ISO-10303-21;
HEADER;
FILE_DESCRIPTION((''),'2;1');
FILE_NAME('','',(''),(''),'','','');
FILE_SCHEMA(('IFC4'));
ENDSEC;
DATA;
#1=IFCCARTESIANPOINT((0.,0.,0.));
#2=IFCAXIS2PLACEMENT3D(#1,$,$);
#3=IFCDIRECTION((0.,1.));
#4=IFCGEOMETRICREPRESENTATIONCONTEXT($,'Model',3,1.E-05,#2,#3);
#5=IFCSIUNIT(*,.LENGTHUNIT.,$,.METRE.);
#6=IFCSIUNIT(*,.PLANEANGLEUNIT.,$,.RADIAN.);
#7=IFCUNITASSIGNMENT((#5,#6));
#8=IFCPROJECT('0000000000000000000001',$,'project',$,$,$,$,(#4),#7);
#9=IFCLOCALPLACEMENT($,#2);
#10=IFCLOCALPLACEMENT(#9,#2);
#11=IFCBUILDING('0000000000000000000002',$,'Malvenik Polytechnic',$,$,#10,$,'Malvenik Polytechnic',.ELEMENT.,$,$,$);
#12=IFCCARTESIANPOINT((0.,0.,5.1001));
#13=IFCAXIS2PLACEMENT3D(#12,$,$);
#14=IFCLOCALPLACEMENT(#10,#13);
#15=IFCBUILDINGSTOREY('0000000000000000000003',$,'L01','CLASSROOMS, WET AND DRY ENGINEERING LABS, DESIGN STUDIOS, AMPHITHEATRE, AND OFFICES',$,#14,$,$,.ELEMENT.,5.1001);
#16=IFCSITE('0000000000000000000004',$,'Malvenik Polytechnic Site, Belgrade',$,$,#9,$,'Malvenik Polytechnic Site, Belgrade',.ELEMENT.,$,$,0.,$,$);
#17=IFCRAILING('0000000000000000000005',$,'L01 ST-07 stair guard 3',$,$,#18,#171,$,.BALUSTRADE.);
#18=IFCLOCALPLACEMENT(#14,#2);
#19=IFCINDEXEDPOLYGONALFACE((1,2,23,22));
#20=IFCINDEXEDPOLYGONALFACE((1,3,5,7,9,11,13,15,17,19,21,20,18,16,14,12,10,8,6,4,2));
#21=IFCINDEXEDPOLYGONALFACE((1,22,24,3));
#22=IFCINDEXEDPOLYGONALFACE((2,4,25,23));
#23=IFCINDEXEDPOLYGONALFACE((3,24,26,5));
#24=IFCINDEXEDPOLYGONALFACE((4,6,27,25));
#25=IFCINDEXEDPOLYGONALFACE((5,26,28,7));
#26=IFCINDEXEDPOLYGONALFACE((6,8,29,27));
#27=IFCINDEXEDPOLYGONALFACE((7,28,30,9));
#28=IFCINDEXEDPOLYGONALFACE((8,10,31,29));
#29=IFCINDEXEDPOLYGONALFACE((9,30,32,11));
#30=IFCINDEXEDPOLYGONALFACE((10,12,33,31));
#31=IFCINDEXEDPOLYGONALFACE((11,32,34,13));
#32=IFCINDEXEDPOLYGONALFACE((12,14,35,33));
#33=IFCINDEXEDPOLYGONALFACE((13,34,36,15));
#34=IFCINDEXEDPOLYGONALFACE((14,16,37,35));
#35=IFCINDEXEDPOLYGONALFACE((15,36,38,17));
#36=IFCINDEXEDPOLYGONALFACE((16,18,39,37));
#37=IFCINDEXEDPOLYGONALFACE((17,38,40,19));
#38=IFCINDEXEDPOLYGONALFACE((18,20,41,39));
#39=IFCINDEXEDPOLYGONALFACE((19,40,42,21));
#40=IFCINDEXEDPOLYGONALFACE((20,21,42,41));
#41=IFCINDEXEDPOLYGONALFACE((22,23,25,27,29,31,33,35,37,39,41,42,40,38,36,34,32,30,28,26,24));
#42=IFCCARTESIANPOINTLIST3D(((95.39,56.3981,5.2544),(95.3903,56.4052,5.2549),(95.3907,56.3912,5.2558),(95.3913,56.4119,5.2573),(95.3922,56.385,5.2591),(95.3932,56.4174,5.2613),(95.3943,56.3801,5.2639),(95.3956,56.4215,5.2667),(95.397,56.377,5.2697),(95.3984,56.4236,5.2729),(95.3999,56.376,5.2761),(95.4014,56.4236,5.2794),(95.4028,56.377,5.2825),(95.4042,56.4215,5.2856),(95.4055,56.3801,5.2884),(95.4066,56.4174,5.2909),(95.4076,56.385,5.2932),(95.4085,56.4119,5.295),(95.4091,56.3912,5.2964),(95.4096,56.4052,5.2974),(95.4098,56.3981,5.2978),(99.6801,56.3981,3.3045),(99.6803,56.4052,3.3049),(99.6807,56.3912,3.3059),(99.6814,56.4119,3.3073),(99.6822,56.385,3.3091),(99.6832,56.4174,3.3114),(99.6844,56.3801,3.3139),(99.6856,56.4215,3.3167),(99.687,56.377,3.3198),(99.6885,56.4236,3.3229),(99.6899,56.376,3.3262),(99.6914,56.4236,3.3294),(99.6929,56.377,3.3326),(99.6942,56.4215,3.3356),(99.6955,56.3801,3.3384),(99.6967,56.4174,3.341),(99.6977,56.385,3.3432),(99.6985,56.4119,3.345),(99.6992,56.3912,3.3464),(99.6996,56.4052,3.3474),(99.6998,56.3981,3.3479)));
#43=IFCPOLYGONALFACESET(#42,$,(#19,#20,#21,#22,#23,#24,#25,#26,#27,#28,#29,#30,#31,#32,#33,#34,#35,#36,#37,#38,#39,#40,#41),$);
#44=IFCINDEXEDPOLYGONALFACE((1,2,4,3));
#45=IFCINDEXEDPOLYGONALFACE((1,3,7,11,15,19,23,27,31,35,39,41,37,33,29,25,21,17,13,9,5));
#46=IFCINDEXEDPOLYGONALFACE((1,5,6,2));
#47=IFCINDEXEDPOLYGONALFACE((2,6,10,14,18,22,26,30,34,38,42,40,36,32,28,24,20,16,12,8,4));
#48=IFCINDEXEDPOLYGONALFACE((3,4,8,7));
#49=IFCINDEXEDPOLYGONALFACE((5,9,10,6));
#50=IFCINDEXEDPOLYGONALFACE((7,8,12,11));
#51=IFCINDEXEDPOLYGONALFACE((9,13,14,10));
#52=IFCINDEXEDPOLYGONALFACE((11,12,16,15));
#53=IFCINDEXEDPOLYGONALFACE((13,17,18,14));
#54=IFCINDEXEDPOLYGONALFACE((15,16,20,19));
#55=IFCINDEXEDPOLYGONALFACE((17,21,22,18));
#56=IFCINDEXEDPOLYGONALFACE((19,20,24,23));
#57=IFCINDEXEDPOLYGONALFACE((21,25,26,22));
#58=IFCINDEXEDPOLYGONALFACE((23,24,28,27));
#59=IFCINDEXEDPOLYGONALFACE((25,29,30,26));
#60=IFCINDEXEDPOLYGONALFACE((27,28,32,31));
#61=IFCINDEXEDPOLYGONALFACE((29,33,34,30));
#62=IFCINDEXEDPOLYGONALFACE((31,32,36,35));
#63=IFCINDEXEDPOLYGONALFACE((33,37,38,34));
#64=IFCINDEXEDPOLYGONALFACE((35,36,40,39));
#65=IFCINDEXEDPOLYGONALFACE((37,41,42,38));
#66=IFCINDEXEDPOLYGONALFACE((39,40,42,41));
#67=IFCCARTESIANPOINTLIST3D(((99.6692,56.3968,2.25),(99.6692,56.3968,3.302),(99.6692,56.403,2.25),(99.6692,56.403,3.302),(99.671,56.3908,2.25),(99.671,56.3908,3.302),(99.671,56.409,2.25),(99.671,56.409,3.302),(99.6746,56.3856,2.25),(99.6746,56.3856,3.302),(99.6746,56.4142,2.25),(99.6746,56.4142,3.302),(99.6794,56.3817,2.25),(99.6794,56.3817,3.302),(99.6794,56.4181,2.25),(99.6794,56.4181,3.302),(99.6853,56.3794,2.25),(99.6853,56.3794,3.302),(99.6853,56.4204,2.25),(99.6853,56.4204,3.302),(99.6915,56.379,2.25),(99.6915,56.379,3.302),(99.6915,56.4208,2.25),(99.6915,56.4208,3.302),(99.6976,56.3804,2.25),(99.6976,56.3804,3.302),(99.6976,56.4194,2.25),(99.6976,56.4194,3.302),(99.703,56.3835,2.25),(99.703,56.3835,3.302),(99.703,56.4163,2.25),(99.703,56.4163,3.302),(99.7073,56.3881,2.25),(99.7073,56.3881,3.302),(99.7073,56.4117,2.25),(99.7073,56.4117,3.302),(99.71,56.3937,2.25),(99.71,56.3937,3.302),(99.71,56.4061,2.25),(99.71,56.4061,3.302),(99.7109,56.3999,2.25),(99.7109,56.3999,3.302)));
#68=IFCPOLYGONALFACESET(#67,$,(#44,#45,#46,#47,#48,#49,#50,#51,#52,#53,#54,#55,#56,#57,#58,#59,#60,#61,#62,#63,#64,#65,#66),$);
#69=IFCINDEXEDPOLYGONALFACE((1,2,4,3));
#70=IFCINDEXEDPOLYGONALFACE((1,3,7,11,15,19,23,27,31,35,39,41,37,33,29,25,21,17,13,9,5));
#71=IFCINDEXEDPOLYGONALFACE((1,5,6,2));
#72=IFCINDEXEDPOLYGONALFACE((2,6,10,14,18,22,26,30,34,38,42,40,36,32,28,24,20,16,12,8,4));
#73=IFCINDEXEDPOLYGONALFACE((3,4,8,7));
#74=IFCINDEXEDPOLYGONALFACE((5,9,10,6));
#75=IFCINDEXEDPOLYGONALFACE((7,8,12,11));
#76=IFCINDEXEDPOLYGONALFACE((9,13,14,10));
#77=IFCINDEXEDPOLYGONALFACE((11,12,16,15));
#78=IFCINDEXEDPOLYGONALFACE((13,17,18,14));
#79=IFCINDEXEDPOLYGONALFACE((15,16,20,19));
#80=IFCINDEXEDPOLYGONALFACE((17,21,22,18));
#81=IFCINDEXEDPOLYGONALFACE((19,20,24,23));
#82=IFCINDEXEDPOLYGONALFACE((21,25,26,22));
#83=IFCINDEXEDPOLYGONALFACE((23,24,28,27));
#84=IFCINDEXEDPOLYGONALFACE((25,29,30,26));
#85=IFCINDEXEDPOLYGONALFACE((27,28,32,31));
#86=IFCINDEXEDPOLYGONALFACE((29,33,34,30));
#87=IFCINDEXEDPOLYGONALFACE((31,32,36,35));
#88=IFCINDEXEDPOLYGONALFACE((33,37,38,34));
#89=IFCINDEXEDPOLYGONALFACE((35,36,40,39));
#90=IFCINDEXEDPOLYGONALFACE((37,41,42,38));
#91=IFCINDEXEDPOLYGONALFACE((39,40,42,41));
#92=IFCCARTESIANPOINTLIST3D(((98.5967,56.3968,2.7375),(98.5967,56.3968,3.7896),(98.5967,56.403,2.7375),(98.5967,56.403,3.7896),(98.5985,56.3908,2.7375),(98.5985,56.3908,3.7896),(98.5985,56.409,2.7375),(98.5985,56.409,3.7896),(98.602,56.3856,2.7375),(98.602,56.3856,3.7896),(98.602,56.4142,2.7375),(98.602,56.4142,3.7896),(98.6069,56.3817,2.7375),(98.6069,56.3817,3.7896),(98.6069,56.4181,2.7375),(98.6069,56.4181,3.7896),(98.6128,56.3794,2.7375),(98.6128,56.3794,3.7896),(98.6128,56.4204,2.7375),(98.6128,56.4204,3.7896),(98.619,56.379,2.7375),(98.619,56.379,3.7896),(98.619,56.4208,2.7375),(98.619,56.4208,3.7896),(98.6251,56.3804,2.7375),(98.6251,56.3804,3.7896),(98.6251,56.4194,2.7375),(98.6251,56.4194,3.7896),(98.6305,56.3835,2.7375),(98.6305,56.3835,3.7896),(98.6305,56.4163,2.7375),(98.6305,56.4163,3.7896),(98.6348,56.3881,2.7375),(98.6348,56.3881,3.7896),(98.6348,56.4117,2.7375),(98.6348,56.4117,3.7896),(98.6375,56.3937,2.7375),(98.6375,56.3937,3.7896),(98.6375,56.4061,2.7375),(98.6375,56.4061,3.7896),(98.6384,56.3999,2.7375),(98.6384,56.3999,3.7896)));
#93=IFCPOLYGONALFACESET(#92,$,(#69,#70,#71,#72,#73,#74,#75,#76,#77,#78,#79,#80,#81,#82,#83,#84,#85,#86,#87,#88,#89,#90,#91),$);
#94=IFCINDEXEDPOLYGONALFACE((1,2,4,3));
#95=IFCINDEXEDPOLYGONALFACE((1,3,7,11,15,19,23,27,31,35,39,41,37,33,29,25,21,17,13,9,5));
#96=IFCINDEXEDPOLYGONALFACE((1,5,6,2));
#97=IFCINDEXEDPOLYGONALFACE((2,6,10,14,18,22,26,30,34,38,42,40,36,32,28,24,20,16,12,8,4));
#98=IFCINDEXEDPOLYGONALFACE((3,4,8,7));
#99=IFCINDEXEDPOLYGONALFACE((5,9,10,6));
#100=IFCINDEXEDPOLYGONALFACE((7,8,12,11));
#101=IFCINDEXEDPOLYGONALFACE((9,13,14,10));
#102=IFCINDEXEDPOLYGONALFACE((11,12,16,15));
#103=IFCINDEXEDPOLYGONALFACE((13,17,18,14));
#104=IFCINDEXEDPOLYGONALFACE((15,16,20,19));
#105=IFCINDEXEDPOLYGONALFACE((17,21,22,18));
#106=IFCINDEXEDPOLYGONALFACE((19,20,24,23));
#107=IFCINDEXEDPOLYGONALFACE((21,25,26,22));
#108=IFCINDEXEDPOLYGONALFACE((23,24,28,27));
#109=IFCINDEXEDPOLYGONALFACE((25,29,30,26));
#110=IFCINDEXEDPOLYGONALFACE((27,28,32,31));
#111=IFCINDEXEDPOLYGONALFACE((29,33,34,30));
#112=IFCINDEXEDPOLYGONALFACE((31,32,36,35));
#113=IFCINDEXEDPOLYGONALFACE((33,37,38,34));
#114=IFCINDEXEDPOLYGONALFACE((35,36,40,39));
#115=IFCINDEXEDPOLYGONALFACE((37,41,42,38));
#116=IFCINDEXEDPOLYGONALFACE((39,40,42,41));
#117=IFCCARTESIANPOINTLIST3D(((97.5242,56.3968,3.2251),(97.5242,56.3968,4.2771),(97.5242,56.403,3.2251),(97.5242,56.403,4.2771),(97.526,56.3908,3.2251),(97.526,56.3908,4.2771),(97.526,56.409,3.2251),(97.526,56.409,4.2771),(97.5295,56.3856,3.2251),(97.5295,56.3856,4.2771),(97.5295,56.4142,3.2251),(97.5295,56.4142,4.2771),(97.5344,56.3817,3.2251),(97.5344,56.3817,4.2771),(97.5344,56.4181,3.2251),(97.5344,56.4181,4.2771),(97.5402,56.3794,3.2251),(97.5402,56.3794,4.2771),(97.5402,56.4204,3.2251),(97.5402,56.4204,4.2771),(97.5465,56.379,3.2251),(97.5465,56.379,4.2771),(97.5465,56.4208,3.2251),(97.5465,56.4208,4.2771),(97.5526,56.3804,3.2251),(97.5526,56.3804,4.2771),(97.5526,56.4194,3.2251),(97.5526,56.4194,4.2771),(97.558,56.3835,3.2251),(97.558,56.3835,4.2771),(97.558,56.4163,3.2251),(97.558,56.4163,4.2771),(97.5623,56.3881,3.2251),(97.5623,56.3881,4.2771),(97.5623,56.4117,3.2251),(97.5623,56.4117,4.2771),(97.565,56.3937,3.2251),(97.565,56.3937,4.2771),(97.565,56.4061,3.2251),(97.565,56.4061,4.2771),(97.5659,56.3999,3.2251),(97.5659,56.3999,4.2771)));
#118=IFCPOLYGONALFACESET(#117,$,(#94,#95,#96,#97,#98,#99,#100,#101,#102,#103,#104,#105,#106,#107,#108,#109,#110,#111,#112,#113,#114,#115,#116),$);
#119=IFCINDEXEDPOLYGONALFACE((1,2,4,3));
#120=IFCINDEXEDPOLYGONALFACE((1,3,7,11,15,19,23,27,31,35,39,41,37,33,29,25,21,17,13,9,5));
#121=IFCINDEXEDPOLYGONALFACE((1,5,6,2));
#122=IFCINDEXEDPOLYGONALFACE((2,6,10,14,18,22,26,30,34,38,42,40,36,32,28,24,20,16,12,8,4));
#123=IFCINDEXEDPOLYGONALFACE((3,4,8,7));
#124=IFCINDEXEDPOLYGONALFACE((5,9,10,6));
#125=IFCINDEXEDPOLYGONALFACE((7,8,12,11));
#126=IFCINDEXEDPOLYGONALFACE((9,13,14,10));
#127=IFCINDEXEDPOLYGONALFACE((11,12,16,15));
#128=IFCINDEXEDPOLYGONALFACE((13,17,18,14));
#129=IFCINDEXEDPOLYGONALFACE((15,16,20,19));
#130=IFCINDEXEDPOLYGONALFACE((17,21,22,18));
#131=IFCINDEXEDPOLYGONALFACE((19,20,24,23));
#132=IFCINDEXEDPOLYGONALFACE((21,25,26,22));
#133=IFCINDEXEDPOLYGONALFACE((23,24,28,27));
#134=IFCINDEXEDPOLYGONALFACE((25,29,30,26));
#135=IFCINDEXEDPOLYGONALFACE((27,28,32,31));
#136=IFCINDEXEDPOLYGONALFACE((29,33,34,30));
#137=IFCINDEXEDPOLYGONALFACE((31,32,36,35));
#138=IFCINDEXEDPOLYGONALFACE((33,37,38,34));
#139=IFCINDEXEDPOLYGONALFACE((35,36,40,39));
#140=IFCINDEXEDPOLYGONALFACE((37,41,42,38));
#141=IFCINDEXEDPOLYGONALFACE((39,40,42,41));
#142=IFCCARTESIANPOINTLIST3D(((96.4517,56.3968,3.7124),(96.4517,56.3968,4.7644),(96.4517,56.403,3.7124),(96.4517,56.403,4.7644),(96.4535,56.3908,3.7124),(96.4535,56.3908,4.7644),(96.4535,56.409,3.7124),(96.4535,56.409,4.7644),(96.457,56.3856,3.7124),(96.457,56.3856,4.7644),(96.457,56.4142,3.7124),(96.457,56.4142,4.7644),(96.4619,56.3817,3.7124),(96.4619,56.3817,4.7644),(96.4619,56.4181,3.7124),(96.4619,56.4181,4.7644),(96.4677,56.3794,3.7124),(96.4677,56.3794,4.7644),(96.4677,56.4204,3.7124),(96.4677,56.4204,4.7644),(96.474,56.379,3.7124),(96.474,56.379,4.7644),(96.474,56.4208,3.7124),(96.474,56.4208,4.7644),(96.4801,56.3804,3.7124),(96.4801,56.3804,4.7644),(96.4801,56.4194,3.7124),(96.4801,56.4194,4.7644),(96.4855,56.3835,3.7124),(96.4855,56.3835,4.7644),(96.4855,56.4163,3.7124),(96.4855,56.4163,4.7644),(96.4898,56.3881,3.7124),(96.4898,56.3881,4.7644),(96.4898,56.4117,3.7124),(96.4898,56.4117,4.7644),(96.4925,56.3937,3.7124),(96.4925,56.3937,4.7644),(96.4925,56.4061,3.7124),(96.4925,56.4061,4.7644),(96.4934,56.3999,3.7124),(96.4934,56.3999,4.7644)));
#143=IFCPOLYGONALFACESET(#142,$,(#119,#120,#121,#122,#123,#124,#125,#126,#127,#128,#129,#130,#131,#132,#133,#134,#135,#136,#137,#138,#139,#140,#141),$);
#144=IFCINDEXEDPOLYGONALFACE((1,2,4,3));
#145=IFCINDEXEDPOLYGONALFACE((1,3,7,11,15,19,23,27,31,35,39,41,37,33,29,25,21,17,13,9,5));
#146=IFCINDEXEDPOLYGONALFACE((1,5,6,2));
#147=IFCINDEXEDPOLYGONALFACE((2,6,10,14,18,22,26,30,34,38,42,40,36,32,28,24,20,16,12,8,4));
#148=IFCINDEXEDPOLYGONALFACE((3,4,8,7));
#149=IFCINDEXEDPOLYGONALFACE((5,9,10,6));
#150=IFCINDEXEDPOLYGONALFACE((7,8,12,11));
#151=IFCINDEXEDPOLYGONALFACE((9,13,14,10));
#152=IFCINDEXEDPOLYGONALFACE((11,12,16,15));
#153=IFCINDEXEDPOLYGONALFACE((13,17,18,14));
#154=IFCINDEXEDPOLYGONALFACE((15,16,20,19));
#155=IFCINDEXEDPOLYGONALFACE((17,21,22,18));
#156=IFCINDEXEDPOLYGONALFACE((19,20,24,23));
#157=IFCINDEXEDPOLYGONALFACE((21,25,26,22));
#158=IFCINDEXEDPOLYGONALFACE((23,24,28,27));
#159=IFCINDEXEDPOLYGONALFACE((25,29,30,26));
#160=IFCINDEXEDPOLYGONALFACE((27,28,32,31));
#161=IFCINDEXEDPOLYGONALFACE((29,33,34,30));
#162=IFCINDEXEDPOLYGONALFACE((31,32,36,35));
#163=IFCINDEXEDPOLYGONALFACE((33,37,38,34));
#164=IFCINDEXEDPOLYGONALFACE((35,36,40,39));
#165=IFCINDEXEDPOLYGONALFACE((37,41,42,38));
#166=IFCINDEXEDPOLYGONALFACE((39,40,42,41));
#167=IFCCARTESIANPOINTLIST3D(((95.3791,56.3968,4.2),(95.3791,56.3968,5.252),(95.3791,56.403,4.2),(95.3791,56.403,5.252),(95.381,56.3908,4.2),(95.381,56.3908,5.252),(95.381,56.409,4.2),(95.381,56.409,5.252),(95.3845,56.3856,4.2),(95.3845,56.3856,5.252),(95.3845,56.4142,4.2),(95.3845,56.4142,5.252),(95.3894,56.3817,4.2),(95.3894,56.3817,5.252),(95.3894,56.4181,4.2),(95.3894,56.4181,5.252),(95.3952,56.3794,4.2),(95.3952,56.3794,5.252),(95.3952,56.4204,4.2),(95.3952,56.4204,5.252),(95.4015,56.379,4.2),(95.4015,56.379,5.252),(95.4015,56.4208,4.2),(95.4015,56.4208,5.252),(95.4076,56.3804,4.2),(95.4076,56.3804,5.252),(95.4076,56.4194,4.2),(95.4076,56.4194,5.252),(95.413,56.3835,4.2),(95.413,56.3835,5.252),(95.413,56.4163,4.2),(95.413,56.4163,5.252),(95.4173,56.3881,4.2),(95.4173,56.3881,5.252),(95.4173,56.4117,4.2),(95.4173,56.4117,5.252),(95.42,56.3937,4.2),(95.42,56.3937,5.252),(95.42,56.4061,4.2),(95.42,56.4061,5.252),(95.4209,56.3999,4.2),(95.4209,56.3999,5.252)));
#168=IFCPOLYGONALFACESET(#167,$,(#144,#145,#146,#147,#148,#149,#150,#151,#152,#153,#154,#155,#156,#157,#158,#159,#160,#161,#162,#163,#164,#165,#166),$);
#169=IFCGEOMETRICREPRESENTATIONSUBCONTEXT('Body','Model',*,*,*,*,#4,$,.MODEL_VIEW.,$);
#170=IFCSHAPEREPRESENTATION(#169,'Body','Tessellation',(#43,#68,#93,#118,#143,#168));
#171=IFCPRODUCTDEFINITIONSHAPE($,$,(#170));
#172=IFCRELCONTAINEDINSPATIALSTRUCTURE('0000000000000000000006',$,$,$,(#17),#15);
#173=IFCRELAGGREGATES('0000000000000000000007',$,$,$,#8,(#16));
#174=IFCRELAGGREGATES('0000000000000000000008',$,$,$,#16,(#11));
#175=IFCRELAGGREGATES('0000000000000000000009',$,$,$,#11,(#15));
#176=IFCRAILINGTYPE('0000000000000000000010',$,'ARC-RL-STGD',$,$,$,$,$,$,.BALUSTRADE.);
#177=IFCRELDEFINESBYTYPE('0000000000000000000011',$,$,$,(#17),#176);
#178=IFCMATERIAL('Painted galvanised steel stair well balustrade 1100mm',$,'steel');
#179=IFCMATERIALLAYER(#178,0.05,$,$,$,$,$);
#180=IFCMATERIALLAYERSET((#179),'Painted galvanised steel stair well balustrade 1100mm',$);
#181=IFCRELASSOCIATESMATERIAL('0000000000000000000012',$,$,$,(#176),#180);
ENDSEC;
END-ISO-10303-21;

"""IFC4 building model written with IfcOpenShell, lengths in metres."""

from ifc_helpers import new_model, si_unit, direction, frame, origin, origin_2d, place, context, subcontext, project, spatial, circle, extrude, material, layer, layer_set, type_object, element, save


model = new_model("IFC4")

# Units and contexts
model_context = context("Model", 3, precision=1e-05, world=origin(), true_north=direction((0.0, 1.0)))
body_context = subcontext(model_context, "Body", "Model", "MODEL_VIEW")
ifc_project = project(units=[si_unit("LENGTHUNIT", "METRE"), si_unit("PLANEANGLEUNIT", "RADIAN")], contexts=[model_context])

# Site, building, storey
site_placement = place(None, origin())
site = spatial("IfcSite", under=ifc_project, at=site_placement, Name="Malvenik Polytechnic Site, Belgrade", LongName="Malvenik Polytechnic Site, Belgrade", CompositionType="ELEMENT", RefElevation=0.0)
building_placement = place(site_placement, origin())
building = spatial("IfcBuilding", under=site, at=building_placement, Name="Malvenik Polytechnic", LongName="Malvenik Polytechnic", CompositionType="ELEMENT")
storey_placement = place(building_placement, frame((0.0, 0.0, 5.1001)))
storey = spatial("IfcBuildingStorey", under=building, at=storey_placement, Name="L01", Description="CLASSROOMS, WET AND DRY ENGINEERING LABS, DESIGN STUDIOS, AMPHITHEATRE, AND OFFICES", CompositionType="ELEMENT", Elevation=5.1001)

# Railing
ifc_material_1 = material(Name="Painted galvanised steel stair well balustrade 1100mm", Category="steel")
ifc_layer_1 = layer(ifc_material_1, 0.05)
ifc_layer_set_1 = layer_set([ifc_layer_1], Name="Painted galvanised steel stair well balustrade 1100mm")
railing_type_1 = type_object("IfcRailingType", Name="ARC-RL-STGD", PredefinedType="BALUSTRADE", material=ifc_layer_set_1)
railing_1_placement = place(storey_placement, frame((99.6899, 56.3999, 2.25)))
element("IfcRailing", 1, at=railing_1_placement, inside=storey, type_object=railing_type_1, Name="L01 ST-07 stair guard 3", PredefinedType="BALUSTRADE", context=body_context, shape_type="SweptSolid", body=[
    extrude(circle(Radius=0.0239, at=origin_2d()), frame((0.0, 0.0, 1.0762), z_axis=(-0.910372, 0.0, 0.413791), x_axis=(0.0, -1.0, 0.0)), (0.0, 0.0, 1.0), 4.7124),
    extrude(circle(Radius=0.021, at=origin_2d()), origin(), (0.0, 0.0, 1.0), 1.052),
    extrude(circle(Radius=0.021, at=origin_2d()), frame((-1.0725, 0.0, 0.4875)), (0.0, 0.0, 1.0), 1.052),
    extrude(circle(Radius=0.021, at=origin_2d()), frame((-2.145, 0.0, 0.9751)), (0.0, 0.0, 1.0), 1.052),
    extrude(circle(Radius=0.021, at=origin_2d()), frame((-3.2175, 0.0, 1.4624)), (0.0, 0.0, 1.0), 1.052),
    extrude(circle(Radius=0.021, at=origin_2d()), frame((-4.29, 0.0, 1.95)), (0.0, 0.0, 1.0), 1.052),
])

save(model, "model.ifc")
